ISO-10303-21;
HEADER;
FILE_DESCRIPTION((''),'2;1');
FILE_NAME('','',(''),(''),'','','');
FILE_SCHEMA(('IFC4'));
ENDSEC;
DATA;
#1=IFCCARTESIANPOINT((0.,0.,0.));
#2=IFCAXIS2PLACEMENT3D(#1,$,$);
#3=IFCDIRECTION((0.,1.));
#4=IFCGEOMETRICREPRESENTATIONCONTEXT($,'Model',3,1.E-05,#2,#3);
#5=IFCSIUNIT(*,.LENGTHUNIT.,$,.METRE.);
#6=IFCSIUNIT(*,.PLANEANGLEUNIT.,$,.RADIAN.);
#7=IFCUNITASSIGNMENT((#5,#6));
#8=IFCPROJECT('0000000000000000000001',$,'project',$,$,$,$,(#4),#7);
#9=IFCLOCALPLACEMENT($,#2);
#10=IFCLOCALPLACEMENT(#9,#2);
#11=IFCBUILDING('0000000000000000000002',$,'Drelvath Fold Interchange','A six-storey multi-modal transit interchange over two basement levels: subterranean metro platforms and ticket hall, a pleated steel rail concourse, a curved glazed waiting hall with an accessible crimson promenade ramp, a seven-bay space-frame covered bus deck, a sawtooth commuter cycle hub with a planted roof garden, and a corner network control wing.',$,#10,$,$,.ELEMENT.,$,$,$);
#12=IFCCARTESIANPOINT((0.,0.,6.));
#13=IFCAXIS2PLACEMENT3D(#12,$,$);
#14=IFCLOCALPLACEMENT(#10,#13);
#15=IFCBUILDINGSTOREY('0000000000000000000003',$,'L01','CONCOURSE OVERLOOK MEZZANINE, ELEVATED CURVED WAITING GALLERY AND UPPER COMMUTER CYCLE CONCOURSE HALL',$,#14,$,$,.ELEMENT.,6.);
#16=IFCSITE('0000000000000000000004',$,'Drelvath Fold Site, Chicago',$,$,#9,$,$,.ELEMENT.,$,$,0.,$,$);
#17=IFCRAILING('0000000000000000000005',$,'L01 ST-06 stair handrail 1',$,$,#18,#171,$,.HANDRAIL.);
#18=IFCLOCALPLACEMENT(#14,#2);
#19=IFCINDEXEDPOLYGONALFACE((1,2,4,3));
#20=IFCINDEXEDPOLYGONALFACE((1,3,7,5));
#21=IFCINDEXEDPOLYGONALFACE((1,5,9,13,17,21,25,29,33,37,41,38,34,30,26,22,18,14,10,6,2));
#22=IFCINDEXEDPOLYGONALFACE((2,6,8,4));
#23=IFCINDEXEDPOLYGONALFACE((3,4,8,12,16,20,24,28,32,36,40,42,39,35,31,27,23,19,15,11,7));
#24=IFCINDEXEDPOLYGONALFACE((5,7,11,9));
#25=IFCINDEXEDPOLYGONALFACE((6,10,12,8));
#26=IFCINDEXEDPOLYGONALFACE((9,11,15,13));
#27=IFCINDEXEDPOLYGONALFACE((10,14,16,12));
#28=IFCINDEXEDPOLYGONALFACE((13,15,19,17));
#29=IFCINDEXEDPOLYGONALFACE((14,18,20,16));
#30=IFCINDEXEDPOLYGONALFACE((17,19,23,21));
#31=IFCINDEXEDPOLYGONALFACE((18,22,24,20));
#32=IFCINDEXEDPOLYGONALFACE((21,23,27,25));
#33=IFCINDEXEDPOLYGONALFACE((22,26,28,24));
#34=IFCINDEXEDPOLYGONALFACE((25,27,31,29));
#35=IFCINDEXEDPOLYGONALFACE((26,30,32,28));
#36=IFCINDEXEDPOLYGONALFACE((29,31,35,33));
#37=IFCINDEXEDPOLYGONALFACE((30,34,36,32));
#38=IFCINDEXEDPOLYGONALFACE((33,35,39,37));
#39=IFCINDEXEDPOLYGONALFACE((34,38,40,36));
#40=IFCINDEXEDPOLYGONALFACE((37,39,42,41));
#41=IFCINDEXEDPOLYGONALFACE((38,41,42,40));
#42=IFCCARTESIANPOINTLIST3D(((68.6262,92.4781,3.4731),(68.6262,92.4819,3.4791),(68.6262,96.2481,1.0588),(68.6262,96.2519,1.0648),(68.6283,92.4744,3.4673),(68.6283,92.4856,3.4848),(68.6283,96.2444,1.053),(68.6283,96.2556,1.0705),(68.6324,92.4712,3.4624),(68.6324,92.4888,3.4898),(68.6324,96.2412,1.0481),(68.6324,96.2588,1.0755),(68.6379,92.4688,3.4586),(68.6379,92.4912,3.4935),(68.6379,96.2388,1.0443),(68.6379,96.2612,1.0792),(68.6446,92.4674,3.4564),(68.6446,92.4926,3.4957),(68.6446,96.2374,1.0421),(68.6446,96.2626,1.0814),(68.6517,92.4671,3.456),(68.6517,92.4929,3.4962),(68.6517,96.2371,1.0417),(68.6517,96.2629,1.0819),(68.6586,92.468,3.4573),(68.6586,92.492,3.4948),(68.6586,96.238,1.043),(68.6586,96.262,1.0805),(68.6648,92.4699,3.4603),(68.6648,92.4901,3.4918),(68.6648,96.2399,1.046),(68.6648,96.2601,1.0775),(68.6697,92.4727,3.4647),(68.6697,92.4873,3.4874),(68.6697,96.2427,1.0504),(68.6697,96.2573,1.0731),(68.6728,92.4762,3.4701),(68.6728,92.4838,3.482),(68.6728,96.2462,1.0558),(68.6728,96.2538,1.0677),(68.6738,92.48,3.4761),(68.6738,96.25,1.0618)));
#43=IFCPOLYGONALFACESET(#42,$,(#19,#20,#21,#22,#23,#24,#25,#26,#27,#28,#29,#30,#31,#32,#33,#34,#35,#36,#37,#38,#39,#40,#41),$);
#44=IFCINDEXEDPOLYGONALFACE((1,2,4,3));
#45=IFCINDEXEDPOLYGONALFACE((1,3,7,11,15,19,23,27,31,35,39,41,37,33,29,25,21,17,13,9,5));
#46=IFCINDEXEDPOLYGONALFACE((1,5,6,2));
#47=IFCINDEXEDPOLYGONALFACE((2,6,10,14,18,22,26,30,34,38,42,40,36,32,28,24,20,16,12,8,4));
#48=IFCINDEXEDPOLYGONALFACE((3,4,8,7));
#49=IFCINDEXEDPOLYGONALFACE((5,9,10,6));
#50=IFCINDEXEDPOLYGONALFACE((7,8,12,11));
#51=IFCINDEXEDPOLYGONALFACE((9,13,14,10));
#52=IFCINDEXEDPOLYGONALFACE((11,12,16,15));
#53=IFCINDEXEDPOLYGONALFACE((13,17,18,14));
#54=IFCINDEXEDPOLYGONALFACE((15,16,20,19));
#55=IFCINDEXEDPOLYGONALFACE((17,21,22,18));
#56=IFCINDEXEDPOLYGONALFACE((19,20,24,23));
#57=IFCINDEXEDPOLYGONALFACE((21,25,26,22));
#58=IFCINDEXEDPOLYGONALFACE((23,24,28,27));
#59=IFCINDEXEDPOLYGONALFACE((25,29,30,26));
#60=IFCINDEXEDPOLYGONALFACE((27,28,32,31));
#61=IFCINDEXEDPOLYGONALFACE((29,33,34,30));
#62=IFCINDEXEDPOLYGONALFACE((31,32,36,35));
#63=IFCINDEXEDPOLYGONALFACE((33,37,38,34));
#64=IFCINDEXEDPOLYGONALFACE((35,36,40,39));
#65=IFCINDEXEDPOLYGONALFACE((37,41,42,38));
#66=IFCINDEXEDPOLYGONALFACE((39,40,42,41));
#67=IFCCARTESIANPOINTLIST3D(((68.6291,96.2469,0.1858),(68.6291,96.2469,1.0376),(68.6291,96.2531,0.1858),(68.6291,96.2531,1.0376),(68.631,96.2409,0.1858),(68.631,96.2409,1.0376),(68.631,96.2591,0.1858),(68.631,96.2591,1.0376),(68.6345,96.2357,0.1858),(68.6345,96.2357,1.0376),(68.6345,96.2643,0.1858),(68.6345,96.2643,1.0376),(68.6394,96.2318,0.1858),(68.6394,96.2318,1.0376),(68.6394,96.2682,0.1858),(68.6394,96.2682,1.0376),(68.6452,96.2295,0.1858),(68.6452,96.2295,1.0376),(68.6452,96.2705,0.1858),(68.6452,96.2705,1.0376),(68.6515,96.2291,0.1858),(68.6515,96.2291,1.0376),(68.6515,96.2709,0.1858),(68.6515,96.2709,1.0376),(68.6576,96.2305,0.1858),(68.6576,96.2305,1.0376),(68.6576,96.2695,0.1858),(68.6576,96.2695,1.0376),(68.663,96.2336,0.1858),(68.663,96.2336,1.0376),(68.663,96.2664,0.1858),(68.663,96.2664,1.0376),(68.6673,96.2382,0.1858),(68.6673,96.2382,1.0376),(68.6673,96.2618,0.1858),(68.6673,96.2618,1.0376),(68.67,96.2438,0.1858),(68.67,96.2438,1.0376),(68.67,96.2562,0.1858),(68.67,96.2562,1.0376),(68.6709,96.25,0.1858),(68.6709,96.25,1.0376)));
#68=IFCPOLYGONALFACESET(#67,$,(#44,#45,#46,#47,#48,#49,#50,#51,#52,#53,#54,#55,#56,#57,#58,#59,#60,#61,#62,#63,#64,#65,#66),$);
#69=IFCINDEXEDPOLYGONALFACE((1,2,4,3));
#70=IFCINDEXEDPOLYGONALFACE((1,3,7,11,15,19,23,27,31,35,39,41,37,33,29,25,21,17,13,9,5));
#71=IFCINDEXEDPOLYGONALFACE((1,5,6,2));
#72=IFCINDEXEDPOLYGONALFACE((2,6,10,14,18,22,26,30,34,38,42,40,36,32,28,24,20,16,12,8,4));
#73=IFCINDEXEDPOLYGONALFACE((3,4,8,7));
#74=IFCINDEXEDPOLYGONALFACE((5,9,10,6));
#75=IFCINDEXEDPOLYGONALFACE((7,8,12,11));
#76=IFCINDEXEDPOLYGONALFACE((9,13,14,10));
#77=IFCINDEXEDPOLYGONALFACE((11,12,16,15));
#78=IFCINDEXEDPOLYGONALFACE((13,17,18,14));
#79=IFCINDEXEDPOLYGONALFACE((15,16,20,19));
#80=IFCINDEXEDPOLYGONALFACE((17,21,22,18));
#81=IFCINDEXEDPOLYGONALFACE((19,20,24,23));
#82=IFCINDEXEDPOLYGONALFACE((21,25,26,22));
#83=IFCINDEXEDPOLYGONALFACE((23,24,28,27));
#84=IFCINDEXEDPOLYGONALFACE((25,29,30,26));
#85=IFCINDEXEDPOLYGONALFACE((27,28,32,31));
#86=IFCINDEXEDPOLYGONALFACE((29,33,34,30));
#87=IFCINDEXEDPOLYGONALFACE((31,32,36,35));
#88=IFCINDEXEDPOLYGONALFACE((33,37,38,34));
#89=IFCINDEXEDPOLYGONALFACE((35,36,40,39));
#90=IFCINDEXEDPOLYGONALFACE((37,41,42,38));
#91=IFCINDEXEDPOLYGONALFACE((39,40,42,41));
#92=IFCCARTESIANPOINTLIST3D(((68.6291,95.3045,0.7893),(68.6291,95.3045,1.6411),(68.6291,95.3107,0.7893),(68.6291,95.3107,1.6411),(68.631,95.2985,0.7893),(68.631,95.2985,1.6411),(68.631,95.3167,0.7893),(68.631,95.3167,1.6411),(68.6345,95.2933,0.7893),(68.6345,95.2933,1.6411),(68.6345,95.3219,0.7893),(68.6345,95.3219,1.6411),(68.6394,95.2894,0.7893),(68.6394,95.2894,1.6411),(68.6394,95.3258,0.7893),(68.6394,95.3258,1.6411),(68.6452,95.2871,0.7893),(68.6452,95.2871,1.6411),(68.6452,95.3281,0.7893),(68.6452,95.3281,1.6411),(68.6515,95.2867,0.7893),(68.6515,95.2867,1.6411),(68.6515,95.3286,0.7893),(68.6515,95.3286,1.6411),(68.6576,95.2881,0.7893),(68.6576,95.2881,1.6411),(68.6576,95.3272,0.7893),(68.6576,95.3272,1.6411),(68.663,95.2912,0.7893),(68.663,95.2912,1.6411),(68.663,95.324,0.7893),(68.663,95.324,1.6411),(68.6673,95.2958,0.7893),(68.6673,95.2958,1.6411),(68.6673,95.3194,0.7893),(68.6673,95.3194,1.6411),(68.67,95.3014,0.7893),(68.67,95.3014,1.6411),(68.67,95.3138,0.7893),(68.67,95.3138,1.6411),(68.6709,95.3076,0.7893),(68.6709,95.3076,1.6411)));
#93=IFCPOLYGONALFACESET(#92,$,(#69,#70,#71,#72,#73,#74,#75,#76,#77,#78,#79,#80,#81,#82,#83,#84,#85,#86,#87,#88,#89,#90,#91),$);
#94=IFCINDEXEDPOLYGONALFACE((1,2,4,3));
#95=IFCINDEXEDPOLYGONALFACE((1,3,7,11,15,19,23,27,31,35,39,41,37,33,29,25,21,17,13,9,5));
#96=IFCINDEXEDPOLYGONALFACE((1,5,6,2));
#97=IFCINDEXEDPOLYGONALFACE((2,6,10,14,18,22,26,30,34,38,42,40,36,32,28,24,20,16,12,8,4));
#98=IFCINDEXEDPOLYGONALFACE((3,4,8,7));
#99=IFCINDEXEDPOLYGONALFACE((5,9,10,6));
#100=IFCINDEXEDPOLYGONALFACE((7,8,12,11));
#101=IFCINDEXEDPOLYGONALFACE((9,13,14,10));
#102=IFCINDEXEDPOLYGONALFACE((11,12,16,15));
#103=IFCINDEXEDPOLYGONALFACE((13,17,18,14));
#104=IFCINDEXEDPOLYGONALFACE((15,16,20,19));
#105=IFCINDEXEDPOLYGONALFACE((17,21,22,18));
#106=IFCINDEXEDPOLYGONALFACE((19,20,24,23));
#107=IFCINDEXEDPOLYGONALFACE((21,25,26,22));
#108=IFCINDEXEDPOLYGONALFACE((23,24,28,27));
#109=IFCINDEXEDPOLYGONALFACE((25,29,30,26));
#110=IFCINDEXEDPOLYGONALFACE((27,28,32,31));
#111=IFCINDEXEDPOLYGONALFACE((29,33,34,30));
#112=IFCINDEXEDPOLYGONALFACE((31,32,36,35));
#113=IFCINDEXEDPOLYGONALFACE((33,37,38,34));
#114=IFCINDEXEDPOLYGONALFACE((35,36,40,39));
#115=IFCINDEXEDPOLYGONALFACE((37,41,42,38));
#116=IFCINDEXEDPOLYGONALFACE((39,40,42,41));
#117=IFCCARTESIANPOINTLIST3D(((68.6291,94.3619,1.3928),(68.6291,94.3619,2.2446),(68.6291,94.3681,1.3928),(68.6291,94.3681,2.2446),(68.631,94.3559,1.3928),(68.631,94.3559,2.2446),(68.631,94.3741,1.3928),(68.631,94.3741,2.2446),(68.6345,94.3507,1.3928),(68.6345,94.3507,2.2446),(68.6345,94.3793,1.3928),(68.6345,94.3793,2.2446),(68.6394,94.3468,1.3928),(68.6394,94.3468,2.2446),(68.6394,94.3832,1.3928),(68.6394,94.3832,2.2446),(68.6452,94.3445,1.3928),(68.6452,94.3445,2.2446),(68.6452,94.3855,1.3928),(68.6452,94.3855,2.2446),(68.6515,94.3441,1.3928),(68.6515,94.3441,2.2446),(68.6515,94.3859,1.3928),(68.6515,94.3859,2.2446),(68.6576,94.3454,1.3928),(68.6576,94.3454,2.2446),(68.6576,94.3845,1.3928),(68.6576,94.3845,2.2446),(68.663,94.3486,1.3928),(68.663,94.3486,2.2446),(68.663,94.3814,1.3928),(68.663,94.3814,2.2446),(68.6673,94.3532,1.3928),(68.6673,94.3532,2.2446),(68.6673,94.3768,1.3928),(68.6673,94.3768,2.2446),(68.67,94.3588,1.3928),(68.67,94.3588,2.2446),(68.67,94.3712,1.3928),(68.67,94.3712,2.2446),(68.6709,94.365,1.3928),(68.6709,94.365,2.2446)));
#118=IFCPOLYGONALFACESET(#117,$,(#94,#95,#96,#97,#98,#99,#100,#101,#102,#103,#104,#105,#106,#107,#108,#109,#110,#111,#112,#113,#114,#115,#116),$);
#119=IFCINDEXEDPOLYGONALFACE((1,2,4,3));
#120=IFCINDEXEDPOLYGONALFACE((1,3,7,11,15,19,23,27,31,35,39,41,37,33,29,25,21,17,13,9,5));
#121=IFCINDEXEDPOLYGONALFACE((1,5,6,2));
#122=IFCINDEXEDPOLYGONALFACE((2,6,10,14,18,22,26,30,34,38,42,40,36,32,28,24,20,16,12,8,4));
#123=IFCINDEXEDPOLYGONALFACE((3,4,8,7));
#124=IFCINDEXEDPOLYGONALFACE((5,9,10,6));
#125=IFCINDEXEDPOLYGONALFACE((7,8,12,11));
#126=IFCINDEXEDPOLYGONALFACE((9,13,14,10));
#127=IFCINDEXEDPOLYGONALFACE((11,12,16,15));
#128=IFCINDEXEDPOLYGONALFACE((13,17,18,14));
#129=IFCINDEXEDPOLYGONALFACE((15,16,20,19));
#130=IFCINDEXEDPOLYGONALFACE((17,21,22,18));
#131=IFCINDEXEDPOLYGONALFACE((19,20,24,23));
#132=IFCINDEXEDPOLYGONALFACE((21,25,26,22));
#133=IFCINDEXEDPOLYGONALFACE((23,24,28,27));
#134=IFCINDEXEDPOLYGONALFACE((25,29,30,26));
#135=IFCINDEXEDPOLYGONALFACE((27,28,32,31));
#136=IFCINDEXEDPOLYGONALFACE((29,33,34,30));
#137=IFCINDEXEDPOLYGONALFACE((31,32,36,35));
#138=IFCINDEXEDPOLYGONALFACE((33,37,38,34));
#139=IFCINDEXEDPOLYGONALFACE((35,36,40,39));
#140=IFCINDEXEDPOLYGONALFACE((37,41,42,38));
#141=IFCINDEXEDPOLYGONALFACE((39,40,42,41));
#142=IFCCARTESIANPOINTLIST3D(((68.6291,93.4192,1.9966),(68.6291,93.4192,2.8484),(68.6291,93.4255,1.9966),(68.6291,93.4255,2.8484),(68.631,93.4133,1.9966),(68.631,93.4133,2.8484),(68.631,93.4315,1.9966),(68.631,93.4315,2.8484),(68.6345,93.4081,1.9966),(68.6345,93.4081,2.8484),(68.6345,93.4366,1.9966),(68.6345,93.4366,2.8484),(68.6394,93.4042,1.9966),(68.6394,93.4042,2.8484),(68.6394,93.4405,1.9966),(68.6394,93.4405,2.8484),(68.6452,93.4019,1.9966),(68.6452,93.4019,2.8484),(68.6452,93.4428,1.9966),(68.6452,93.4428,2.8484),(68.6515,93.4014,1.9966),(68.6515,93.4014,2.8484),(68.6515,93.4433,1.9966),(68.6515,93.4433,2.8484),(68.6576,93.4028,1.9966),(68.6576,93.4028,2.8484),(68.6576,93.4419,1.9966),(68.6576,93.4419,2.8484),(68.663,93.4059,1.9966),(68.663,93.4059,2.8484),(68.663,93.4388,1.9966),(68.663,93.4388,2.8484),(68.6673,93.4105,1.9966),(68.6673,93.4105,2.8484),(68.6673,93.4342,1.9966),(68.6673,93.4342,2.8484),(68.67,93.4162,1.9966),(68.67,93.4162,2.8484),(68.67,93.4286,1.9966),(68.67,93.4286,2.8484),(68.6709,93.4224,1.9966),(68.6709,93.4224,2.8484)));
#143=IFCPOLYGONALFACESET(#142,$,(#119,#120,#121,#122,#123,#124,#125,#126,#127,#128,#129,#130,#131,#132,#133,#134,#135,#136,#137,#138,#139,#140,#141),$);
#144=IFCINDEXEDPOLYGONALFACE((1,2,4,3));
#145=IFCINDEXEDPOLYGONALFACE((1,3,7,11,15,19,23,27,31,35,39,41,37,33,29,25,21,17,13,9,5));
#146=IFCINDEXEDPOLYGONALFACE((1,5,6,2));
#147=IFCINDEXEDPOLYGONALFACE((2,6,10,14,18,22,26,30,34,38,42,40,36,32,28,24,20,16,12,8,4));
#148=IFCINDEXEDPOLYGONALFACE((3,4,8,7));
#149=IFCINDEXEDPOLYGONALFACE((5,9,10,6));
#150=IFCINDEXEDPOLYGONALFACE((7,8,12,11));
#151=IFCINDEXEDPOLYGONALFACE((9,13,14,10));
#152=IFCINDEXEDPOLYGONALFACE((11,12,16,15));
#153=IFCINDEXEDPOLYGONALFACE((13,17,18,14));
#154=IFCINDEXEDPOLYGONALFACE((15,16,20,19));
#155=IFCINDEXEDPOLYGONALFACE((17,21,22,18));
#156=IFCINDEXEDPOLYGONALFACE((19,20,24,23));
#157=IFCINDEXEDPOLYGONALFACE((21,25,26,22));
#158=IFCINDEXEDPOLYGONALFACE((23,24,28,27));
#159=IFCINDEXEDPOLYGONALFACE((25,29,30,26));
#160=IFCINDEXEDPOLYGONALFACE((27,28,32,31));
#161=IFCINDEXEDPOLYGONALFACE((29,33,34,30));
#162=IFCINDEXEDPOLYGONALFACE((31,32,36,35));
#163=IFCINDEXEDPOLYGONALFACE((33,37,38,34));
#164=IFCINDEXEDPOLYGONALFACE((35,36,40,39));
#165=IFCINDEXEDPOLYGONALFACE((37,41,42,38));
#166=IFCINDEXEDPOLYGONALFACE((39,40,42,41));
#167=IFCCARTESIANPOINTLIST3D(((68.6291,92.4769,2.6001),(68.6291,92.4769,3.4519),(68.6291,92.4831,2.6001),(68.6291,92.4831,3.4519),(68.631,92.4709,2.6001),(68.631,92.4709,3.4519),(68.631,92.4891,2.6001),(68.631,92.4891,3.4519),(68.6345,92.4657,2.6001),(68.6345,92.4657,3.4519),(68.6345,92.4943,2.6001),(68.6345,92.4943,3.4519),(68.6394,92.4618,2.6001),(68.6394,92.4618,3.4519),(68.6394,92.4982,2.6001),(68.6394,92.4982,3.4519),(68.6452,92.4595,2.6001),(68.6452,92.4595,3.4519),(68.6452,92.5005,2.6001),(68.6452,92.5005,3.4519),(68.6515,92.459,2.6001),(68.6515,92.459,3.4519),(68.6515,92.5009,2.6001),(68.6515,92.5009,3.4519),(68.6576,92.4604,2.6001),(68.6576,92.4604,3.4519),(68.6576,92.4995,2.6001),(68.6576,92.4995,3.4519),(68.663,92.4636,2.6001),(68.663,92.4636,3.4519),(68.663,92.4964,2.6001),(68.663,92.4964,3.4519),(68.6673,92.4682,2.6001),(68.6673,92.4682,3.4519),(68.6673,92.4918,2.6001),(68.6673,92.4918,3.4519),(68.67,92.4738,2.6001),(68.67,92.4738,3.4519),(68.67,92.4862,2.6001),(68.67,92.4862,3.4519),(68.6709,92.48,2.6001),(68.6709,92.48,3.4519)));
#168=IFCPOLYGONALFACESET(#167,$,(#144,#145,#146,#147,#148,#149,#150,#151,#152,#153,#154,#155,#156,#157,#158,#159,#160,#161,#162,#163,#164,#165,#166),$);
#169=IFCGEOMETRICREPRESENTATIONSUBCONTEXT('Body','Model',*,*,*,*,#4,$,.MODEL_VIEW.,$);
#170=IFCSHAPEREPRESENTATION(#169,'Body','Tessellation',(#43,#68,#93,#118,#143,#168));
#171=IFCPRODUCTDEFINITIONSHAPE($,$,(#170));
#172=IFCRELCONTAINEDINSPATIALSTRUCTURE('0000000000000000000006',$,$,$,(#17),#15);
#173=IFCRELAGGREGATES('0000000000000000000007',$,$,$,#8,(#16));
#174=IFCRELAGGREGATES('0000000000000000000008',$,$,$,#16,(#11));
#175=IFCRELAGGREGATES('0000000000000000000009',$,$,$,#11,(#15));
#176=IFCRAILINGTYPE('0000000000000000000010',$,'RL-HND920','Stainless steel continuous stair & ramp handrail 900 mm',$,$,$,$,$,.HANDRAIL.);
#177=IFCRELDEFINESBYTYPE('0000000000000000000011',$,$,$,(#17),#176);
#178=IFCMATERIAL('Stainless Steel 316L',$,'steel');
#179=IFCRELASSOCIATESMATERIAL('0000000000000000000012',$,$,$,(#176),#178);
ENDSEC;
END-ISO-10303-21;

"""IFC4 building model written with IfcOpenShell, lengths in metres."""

from ifc_helpers import new_model, si_unit, direction, frame, origin, origin_2d, place, context, subcontext, project, spatial, circle, extrude, material, type_object, element, save


model = new_model("IFC4")

# Units and contexts
model_context = context("Model", 3, precision=1e-05, world=origin(), true_north=direction((0.0, 1.0)))
body_context = subcontext(model_context, "Body", "Model", "MODEL_VIEW")
ifc_project = project(units=[si_unit("LENGTHUNIT", "METRE"), si_unit("PLANEANGLEUNIT", "RADIAN")], contexts=[model_context])

# Site, building, storey
site_placement = place(None, origin())
site = spatial("IfcSite", under=ifc_project, at=site_placement, Name="Drelvath Fold Site, Chicago", CompositionType="ELEMENT", RefElevation=0.0)
building_placement = place(site_placement, origin())
building = spatial("IfcBuilding", under=site, at=building_placement, Name="Drelvath Fold Interchange", Description="A six-storey multi-modal transit interchange over two basement levels: subterranean metro platforms and ticket hall, a pleated steel rail concourse, a curved glazed waiting hall with an accessible crimson promenade ramp, a seven-bay space-frame covered bus deck, a sawtooth commuter cycle hub with a planted roof garden, and a corner network control wing.", CompositionType="ELEMENT")
storey_placement = place(building_placement, frame((0.0, 0.0, 6.0)))
storey = spatial("IfcBuildingStorey", under=building, at=storey_placement, Name="L01", Description="CONCOURSE OVERLOOK MEZZANINE, ELEVATED CURVED WAITING GALLERY AND UPPER COMMUTER CYCLE CONCOURSE HALL", CompositionType="ELEMENT", Elevation=6.0)

# Railing
ifc_material_1 = material(Name="Stainless Steel 316L", Category="steel")
railing_type_1 = type_object("IfcRailingType", Name="RL-HND920", Description="Stainless steel continuous stair & ramp handrail 900 mm", PredefinedType="HANDRAIL", material=ifc_material_1)
railing_1_placement = place(storey_placement, frame((68.6499, 96.25, 0.1858)))
element("IfcRailing", 1, at=railing_1_placement, inside=storey, type_object=railing_type_1, Name="L01 ST-06 stair handrail 1", PredefinedType="HANDRAIL", context=body_context, shape_type="SweptSolid", body=[
    extrude(circle(Radius=0.0239, at=origin_2d()), frame((0.0, 0.0, 0.876), z_axis=(0.0, -0.84212, 0.53929), x_axis=(1.0, 0.0, 0.0)), (0.0, 0.0, 1.0), 4.4768),
    extrude(circle(Radius=0.021, at=origin_2d()), origin(), (0.0, 0.0, 1.0), 0.8518),
    extrude(circle(Radius=0.021, at=origin_2d()), frame((0.0, -0.9424, 0.6035)), (0.0, 0.0, 1.0), 0.8518),
    extrude(circle(Radius=0.021, at=origin_2d()), frame((0.0, -1.885, 1.207)), (0.0, 0.0, 1.0), 0.8518),
    extrude(circle(Radius=0.021, at=origin_2d()), frame((0.0, -2.8276, 1.8108)), (0.0, 0.0, 1.0), 0.8518),
    extrude(circle(Radius=0.021, at=origin_2d()), frame((0.0, -3.77, 2.4143)), (0.0, 0.0, 1.0), 0.8518),
])

save(model, "model.ifc")
